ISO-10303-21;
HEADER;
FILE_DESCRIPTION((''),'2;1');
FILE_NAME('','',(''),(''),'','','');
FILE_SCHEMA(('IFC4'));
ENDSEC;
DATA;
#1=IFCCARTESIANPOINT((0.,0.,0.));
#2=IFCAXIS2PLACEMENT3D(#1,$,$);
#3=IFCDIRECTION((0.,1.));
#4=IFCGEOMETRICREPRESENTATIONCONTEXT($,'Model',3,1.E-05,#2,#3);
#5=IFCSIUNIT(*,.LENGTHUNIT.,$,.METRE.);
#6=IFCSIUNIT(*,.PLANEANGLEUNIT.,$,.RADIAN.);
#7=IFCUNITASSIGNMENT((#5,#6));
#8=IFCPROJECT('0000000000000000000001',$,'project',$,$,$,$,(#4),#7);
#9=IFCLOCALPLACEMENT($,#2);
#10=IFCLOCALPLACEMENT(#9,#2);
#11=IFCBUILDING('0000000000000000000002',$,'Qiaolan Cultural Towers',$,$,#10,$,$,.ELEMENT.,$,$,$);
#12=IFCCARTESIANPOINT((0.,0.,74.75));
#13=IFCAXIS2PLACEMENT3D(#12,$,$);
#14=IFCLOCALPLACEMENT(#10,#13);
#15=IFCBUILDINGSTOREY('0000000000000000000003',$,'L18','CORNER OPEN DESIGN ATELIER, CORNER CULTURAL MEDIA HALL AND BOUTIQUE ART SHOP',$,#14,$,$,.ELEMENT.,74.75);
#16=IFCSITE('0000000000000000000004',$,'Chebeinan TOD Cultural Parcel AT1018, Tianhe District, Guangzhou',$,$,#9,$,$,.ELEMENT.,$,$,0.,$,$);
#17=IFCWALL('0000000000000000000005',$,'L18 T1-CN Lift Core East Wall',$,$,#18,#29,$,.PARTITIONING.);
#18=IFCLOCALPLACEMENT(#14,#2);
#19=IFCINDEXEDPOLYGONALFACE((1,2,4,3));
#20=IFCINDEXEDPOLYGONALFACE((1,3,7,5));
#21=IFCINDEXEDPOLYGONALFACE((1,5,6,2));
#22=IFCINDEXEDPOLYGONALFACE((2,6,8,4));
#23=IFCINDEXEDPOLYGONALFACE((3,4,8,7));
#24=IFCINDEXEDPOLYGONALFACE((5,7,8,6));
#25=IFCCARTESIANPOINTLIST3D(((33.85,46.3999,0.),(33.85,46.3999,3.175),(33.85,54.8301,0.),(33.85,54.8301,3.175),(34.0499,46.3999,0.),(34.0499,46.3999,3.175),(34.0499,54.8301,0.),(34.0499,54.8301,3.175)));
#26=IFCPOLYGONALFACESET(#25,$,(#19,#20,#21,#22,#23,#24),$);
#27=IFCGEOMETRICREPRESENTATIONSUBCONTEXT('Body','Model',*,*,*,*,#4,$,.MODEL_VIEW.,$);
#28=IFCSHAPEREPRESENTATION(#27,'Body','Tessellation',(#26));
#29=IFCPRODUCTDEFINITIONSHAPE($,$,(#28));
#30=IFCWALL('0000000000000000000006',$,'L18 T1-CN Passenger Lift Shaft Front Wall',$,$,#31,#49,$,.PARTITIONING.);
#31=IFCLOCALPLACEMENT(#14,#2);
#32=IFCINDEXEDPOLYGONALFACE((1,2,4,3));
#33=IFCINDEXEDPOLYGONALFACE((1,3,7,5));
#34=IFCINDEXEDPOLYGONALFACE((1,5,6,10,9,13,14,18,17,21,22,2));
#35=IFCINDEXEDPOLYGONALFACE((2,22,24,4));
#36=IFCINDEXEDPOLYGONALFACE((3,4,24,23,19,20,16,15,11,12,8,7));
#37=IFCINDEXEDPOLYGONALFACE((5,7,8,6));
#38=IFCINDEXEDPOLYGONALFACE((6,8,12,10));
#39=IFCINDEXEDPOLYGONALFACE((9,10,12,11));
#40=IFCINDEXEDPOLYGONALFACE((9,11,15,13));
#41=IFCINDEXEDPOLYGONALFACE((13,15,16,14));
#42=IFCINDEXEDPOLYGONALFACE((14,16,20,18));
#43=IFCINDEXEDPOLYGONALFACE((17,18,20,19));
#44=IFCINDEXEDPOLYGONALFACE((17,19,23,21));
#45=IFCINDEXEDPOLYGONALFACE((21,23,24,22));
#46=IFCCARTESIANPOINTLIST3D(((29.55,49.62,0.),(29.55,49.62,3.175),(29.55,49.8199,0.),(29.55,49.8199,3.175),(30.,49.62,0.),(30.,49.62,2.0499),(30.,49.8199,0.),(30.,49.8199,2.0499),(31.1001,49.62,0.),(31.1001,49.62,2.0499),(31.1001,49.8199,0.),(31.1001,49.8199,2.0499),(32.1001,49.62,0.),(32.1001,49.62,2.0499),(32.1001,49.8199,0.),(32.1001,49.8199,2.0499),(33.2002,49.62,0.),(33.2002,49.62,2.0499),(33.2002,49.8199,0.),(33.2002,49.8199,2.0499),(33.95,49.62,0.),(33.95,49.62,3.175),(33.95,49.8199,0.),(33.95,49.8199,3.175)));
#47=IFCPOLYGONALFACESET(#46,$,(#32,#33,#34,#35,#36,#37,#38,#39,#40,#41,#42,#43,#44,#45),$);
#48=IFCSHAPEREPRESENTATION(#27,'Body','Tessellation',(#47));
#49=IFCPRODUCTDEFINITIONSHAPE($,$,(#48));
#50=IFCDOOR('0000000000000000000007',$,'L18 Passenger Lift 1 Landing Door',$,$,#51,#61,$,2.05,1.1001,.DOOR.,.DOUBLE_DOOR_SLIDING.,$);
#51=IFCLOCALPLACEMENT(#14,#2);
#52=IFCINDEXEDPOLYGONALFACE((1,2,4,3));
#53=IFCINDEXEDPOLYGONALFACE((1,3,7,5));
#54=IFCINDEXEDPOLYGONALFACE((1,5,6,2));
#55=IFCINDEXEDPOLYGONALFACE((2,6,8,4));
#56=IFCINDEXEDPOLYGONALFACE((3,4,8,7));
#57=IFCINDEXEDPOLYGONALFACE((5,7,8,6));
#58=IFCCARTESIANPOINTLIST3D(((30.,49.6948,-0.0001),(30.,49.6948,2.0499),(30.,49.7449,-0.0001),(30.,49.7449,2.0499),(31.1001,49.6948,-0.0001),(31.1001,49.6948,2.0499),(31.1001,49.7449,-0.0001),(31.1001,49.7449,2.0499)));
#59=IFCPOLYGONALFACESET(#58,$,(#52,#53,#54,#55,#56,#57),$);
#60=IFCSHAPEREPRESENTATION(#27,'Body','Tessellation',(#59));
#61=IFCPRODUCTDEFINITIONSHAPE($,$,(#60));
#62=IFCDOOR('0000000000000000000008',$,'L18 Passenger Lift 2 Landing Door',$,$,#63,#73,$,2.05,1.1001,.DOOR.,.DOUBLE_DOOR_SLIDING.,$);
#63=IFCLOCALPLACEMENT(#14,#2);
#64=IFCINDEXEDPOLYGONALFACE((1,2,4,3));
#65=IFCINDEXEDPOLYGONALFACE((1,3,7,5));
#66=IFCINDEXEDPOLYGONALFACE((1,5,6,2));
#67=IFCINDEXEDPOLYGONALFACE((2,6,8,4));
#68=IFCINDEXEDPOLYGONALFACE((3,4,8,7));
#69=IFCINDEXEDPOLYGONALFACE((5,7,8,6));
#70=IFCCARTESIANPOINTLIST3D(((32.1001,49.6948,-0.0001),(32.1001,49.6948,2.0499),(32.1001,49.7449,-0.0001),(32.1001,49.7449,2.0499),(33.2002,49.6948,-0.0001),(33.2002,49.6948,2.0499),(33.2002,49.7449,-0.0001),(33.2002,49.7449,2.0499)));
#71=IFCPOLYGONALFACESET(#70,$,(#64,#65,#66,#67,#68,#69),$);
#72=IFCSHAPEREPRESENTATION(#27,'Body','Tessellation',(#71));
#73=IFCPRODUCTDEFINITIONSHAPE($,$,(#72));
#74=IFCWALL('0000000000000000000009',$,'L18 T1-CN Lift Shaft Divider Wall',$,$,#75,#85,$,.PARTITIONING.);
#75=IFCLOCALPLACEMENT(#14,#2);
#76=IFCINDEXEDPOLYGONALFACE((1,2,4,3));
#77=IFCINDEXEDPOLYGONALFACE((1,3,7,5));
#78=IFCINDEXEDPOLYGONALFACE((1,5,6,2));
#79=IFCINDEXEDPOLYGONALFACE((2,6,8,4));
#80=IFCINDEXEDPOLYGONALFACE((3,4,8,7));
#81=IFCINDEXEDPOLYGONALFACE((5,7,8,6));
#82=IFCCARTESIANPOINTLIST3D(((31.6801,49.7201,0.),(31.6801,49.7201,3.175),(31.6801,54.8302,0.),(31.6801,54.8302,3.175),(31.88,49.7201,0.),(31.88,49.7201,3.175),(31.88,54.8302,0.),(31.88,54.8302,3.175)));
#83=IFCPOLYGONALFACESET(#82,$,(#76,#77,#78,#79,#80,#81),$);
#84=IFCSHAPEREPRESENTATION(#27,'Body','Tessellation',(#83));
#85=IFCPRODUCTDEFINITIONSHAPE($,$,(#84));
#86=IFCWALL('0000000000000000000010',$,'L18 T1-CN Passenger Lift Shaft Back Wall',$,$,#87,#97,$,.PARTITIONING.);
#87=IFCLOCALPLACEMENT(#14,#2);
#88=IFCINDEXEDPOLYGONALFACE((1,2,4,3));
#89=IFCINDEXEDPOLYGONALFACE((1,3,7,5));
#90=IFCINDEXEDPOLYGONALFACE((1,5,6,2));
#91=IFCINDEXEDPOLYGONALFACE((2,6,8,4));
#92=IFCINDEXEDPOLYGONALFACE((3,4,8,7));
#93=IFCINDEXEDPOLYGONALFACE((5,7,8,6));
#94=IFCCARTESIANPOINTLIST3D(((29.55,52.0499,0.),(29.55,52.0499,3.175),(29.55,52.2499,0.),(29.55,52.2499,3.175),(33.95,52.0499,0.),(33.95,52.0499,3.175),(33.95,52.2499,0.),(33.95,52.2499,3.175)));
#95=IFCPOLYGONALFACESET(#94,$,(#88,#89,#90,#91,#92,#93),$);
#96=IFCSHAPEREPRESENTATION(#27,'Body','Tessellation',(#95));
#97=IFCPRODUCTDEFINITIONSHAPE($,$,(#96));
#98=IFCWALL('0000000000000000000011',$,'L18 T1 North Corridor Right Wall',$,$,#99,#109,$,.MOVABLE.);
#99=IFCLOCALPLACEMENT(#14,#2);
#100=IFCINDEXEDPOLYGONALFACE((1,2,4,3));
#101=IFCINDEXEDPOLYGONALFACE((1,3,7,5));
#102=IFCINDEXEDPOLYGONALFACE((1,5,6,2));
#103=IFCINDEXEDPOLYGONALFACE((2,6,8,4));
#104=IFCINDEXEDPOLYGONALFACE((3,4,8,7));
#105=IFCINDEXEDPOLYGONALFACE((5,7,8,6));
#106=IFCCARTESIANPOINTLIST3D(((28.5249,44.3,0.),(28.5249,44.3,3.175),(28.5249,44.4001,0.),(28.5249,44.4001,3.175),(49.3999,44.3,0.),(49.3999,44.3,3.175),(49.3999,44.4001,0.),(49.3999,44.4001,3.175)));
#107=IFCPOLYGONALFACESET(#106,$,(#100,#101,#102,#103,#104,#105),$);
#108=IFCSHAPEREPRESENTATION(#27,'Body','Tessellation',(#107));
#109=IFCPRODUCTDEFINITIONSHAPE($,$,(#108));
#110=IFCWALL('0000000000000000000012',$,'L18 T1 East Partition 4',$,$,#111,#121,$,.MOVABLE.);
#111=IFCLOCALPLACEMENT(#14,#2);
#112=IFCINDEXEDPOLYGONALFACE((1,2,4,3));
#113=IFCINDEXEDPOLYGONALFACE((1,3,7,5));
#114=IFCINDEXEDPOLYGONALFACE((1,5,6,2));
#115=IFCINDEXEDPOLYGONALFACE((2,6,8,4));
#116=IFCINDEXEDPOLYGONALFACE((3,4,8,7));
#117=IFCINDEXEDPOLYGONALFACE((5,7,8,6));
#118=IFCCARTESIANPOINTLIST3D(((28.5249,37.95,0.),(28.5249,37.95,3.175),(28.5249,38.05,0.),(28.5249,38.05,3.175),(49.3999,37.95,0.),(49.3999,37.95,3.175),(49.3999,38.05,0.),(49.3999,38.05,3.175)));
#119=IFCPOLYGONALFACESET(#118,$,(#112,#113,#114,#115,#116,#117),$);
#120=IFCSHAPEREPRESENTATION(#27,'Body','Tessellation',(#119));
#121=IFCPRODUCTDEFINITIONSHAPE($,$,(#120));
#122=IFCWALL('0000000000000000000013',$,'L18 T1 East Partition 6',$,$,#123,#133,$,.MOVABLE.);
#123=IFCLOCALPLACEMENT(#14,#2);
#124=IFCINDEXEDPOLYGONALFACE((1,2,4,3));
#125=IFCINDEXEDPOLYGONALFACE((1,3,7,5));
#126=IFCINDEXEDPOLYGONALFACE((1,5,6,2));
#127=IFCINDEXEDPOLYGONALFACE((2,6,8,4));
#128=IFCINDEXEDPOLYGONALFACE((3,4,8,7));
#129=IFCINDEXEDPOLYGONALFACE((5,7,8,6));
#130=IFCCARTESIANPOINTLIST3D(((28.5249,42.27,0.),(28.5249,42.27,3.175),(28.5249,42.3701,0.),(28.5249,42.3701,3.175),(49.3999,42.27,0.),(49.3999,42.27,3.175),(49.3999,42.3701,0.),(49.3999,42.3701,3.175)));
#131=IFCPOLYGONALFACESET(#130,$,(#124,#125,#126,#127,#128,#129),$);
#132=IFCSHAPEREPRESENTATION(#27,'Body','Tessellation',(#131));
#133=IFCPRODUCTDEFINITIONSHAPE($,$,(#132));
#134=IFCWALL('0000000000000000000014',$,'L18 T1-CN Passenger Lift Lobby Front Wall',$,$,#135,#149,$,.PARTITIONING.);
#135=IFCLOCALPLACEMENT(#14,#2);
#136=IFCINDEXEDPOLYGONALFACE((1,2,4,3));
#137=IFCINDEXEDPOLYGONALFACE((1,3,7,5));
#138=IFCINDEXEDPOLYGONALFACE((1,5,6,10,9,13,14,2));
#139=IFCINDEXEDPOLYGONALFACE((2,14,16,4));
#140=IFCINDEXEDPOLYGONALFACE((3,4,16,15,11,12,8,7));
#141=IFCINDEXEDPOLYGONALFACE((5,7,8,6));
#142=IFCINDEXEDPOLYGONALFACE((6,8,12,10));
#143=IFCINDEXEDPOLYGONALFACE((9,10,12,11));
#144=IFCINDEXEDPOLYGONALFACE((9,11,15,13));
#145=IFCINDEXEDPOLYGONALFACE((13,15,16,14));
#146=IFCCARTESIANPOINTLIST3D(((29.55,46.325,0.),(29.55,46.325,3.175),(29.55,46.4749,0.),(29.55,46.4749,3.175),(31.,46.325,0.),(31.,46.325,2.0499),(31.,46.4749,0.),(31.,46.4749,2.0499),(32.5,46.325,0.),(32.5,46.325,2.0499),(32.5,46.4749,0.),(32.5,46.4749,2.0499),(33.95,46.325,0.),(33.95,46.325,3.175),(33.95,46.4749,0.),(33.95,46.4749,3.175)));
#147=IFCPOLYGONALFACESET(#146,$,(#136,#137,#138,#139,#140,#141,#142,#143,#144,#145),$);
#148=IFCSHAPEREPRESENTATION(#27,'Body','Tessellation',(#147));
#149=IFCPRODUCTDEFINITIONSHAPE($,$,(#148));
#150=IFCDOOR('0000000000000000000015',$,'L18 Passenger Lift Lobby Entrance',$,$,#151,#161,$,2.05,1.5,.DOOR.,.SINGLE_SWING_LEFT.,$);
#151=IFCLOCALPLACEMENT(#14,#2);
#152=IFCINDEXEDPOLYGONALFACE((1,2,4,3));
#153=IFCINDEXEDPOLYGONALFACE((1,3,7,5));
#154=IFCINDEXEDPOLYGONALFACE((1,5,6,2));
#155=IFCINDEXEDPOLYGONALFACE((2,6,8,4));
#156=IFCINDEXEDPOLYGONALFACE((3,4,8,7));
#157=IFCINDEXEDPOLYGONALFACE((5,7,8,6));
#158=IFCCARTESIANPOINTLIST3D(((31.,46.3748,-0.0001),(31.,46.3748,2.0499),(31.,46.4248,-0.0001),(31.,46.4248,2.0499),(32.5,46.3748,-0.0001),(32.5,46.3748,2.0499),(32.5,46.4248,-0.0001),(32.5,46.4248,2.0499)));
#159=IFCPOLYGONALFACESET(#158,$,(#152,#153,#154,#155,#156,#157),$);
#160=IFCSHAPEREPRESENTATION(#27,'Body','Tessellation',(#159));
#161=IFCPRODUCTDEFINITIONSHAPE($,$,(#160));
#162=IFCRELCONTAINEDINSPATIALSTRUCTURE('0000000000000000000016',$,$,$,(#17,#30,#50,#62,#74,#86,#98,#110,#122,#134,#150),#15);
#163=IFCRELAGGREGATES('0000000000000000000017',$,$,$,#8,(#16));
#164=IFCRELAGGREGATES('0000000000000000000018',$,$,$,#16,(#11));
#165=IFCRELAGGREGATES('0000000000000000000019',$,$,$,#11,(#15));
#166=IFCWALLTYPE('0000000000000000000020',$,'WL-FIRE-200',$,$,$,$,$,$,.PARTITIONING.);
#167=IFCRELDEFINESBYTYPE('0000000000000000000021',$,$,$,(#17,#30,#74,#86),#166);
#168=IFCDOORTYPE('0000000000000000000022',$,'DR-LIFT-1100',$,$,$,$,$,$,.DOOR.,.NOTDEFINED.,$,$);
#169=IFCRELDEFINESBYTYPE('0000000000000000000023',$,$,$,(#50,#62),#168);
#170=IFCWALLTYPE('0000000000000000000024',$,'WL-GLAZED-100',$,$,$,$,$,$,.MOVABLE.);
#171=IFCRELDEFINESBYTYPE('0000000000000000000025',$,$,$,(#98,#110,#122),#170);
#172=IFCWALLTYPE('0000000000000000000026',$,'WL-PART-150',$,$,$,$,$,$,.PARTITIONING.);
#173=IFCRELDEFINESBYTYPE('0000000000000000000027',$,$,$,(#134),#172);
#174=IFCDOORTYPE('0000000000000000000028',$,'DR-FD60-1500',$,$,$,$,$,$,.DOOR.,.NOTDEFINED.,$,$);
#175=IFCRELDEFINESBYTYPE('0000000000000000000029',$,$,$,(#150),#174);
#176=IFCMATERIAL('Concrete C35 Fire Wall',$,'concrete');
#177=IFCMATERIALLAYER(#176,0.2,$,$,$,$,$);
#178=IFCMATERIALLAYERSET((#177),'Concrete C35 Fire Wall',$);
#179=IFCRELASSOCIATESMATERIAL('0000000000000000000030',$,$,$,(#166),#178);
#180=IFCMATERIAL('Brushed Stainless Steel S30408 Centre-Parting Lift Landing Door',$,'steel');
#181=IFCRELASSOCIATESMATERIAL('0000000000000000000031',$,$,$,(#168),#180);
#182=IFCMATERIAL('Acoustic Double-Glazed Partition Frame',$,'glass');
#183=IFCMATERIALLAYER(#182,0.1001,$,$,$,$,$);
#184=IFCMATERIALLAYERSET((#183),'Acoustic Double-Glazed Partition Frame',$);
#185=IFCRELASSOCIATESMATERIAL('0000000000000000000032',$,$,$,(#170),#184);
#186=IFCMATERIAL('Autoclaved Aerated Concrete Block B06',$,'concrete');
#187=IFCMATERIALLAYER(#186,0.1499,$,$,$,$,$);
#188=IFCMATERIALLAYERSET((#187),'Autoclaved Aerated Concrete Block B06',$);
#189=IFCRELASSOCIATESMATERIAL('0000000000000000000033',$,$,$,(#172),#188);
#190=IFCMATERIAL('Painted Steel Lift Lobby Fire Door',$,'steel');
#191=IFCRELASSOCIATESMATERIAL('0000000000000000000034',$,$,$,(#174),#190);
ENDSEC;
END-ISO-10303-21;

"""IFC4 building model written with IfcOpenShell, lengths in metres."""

from ifc_helpers import new_model, si_unit, direction, frame, frame_2d, origin, place, context, subcontext, project, spatial, rectangle, extrude, material, layer, layer_set, type_object, element, fill, save


model = new_model("IFC4")

# Units and contexts
model_context = context("Model", 3, precision=1e-05, world=origin(), true_north=direction((0.0, 1.0)))
body_context = subcontext(model_context, "Body", "Model", "MODEL_VIEW")
ifc_project = project(units=[si_unit("LENGTHUNIT", "METRE"), si_unit("PLANEANGLEUNIT", "RADIAN")], contexts=[model_context])

# Site, building, storey
site_placement = place(None, origin())
site = spatial("IfcSite", under=ifc_project, at=site_placement, Name="Chebeinan TOD Cultural Parcel AT1018, Tianhe District, Guangzhou", CompositionType="ELEMENT", RefElevation=0.0)
building_placement = place(site_placement, origin())
building = spatial("IfcBuilding", under=site, at=building_placement, Name="Qiaolan Cultural Towers", CompositionType="ELEMENT")
storey_placement = place(building_placement, frame((0.0, 0.0, 74.75)))
storey = spatial("IfcBuildingStorey", under=building, at=storey_placement, Name="L18", Description="CORNER OPEN DESIGN ATELIER, CORNER CULTURAL MEDIA HALL AND BOUTIQUE ART SHOP", CompositionType="ELEMENT", Elevation=74.75)

# Wall
ifc_material_1 = material(Name="Concrete C35 Fire Wall", Category="concrete")
ifc_layer_1 = layer(ifc_material_1, 0.2)
ifc_layer_set_1 = layer_set([ifc_layer_1], Name="Concrete C35 Fire Wall")
wall_type_1 = type_object("IfcWallType", Name="WL-FIRE-200", PredefinedType="PARTITIONING", material=ifc_layer_set_1)
for number, where, z_axis, x_axis, name in (
    (1, (33.95, 46.3999, 0.0), (0.0, 0.0, 1.0), (0.0, 1.0, 0.0), "L18 T1-CN Lift Core East Wall"),
):
    element("IfcWall", number, at=place(storey_placement, frame(where, z_axis=z_axis, x_axis=x_axis)), inside=storey, type_object=wall_type_1, Name=name, PredefinedType="PARTITIONING", context=body_context, shape_type="SweptSolid", body=[
        extrude(rectangle(XDim=8.4302, YDim=0.2, at=frame_2d((4.2151, 0.0))), origin(), (0.0, 0.0, 1.0), 3.175),
    ])

# Wall, openings, doors
wall_1_placement = place(storey_placement, frame((29.55, 49.72, 0.0), z_axis=(0.0, 0.0, 1.0), x_axis=(1.0, 0.0, 0.0)))
wall_1 = element("IfcWall", 2, at=wall_1_placement, inside=storey, type_object=wall_type_1, Name="L18 T1-CN Passenger Lift Shaft Front Wall", PredefinedType="PARTITIONING", context=body_context, shape_type="SweptSolid", body=[
    extrude(rectangle(XDim=4.3999, YDim=0.2, at=frame_2d((2.2, 0.0))), origin(), (0.0, 0.0, 1.0), 3.175),
])
opening_1_placement = place(wall_1_placement, frame((0.45, 0.0, 0.0)))
opening_1 = element("IfcOpeningElement", 3, at=opening_1_placement, cuts=wall_1, PredefinedType="OPENING", context=body_context, shape_type="SweptSolid", body=[
    extrude(rectangle(XDim=1.1001, YDim=2.05, at=frame_2d((0.55, 1.0249))), frame((0.0, 0.1099, 0.0), z_axis=(0.0, -1.0, 0.0), x_axis=(1.0, 0.0, 0.0)), (0.0, 0.0, 1.0), 0.22),
])
opening_2_placement = place(wall_1_placement, frame((2.55, 0.0, 0.0)))
opening_2 = element("IfcOpeningElement", 4, at=opening_2_placement, cuts=wall_1, PredefinedType="OPENING", context=body_context, shape_type="SweptSolid", body=[
    extrude(rectangle(XDim=1.1001, YDim=2.05, at=frame_2d((0.55, 1.0249))), frame((0.0, 0.1099, 0.0), z_axis=(0.0, -1.0, 0.0), x_axis=(1.0, 0.0, 0.0)), (0.0, 0.0, 1.0), 0.22),
])
ifc_material_2 = material(Name="Brushed Stainless Steel S30408 Centre-Parting Lift Landing Door", Category="steel")
door_type_1 = type_object("IfcDoorType", Name="DR-LIFT-1100", OperationType="NOTDEFINED", PredefinedType="DOOR", material=ifc_material_2)
door_1_placement = place(opening_1_placement, origin())
door_1 = element("IfcDoor", 5, at=door_1_placement, inside=storey, type_object=door_type_1, Name="L18 Passenger Lift 1 Landing Door", OperationType="DOUBLE_DOOR_SLIDING", OverallHeight=2.05, OverallWidth=1.1001, PredefinedType="DOOR", context=body_context, shape_type="SweptSolid", body=[
    extrude(rectangle(XDim=1.1001, YDim=2.05, at=frame_2d((0.55, 1.0249))), frame((0.0, 0.0249, 0.0), z_axis=(0.0, -1.0, 0.0), x_axis=(1.0, 0.0, 0.0)), (0.0, 0.0, 1.0), 0.05),
])
fill(opening_1, door_1)
door_2_placement = place(opening_2_placement, origin())
door_2 = element("IfcDoor", 6, at=door_2_placement, inside=storey, type_object=door_type_1, Name="L18 Passenger Lift 2 Landing Door", OperationType="DOUBLE_DOOR_SLIDING", OverallHeight=2.05, OverallWidth=1.1001, PredefinedType="DOOR", context=body_context, shape_type="SweptSolid", body=[
    extrude(rectangle(XDim=1.1001, YDim=2.05, at=frame_2d((0.55, 1.0249))), frame((0.0, 0.0249, 0.0), z_axis=(0.0, -1.0, 0.0), x_axis=(1.0, 0.0, 0.0)), (0.0, 0.0, 1.0), 0.05),
])
fill(opening_2, door_2)

# Walls
wall_2_placement = place(storey_placement, frame((31.78, 49.72, 0.0), z_axis=(0.0, 0.0, 1.0), x_axis=(0.0, 1.0, 0.0)))
element("IfcWall", 7, at=wall_2_placement, inside=storey, type_object=wall_type_1, Name="L18 T1-CN Lift Shaft Divider Wall", PredefinedType="PARTITIONING", context=body_context, shape_type="SweptSolid", body=[
    extrude(rectangle(XDim=5.1101, YDim=0.2, at=frame_2d((2.5552, 0.0))), origin(), (0.0, 0.0, 1.0), 3.175),
])
wall_3_placement = place(storey_placement, frame((29.55, 52.1499, 0.0), z_axis=(0.0, 0.0, 1.0), x_axis=(1.0, 0.0, 0.0)))
element("IfcWall", 8, at=wall_3_placement, inside=storey, type_object=wall_type_1, Name="L18 T1-CN Passenger Lift Shaft Back Wall", PredefinedType="PARTITIONING", context=body_context, shape_type="SweptSolid", body=[
    extrude(rectangle(XDim=4.3999, YDim=0.2, at=frame_2d((2.2, 0.0))), origin(), (0.0, 0.0, 1.0), 3.175),
])
ifc_material_3 = material(Name="Acoustic Double-Glazed Partition Frame", Category="glass")
ifc_layer_2 = layer(ifc_material_3, 0.1001)
ifc_layer_set_2 = layer_set([ifc_layer_2], Name="Acoustic Double-Glazed Partition Frame")
wall_type_2 = type_object("IfcWallType", Name="WL-GLAZED-100", PredefinedType="MOVABLE", material=ifc_layer_set_2)
for number, where, z_axis, x_axis, name in (
    (9, (28.5249, 44.3501, 0.0), (0.0, 0.0, 1.0), (1.0, 0.0, 0.0), "L18 T1 North Corridor Right Wall"),
    (10, (28.5249, 38.0, 0.0), (0.0, 0.0, 1.0), (1.0, 0.0, 0.0), "L18 T1 East Partition 4"),
    (11, (28.5249, 42.3201, 0.0), (0.0, 0.0, 1.0), (1.0, 0.0, 0.0), "L18 T1 East Partition 6"),
):
    element("IfcWall", number, at=place(storey_placement, frame(where, z_axis=z_axis, x_axis=x_axis)), inside=storey, type_object=wall_type_2, Name=name, PredefinedType="MOVABLE", context=body_context, shape_type="SweptSolid", body=[
        extrude(rectangle(XDim=20.875, YDim=0.1001, at=frame_2d((10.4375, 0.0))), origin(), (0.0, 0.0, 1.0), 3.175),
    ])

# Wall, opening, door
ifc_material_4 = material(Name="Autoclaved Aerated Concrete Block B06", Category="concrete")
ifc_layer_3 = layer(ifc_material_4, 0.1499)
ifc_layer_set_3 = layer_set([ifc_layer_3], Name="Autoclaved Aerated Concrete Block B06")
wall_type_3 = type_object("IfcWallType", Name="WL-PART-150", PredefinedType="PARTITIONING", material=ifc_layer_set_3)
wall_4_placement = place(storey_placement, frame((29.55, 46.3999, 0.0), z_axis=(0.0, 0.0, 1.0), x_axis=(1.0, 0.0, 0.0)))
wall_4 = element("IfcWall", 12, at=wall_4_placement, inside=storey, type_object=wall_type_3, Name="L18 T1-CN Passenger Lift Lobby Front Wall", PredefinedType="PARTITIONING", context=body_context, shape_type="SweptSolid", body=[
    extrude(rectangle(XDim=4.3999, YDim=0.1499, at=frame_2d((2.2, 0.0))), origin(), (0.0, 0.0, 1.0), 3.175),
])
opening_3_placement = place(wall_4_placement, frame((1.45, 0.0, 0.0)))
opening_3 = element("IfcOpeningElement", 13, at=opening_3_placement, cuts=wall_4, PredefinedType="OPENING", context=body_context, shape_type="SweptSolid", body=[
    extrude(rectangle(XDim=1.5, YDim=2.05, at=frame_2d((0.75, 1.0249))), frame((0.0, 0.085, 0.0), z_axis=(0.0, -1.0, 0.0), x_axis=(1.0, 0.0, 0.0)), (0.0, 0.0, 1.0), 0.1699),
])
ifc_material_5 = material(Name="Painted Steel Lift Lobby Fire Door", Category="steel")
door_type_2 = type_object("IfcDoorType", Name="DR-FD60-1500", OperationType="NOTDEFINED", PredefinedType="DOOR", material=ifc_material_5)
door_3_placement = place(opening_3_placement, origin())
door_3 = element("IfcDoor", 14, at=door_3_placement, inside=storey, type_object=door_type_2, Name="L18 Passenger Lift Lobby Entrance", OperationType="SINGLE_SWING_LEFT", OverallHeight=2.05, OverallWidth=1.5, PredefinedType="DOOR", context=body_context, shape_type="SweptSolid", body=[
    extrude(rectangle(XDim=1.5, YDim=2.05, at=frame_2d((0.75, 1.0249))), frame((0.0, 0.0249, 0.0), z_axis=(0.0, -1.0, 0.0), x_axis=(1.0, 0.0, 0.0)), (0.0, 0.0, 1.0), 0.05),
])
fill(opening_3, door_3)

save(model, "model.ifc")
